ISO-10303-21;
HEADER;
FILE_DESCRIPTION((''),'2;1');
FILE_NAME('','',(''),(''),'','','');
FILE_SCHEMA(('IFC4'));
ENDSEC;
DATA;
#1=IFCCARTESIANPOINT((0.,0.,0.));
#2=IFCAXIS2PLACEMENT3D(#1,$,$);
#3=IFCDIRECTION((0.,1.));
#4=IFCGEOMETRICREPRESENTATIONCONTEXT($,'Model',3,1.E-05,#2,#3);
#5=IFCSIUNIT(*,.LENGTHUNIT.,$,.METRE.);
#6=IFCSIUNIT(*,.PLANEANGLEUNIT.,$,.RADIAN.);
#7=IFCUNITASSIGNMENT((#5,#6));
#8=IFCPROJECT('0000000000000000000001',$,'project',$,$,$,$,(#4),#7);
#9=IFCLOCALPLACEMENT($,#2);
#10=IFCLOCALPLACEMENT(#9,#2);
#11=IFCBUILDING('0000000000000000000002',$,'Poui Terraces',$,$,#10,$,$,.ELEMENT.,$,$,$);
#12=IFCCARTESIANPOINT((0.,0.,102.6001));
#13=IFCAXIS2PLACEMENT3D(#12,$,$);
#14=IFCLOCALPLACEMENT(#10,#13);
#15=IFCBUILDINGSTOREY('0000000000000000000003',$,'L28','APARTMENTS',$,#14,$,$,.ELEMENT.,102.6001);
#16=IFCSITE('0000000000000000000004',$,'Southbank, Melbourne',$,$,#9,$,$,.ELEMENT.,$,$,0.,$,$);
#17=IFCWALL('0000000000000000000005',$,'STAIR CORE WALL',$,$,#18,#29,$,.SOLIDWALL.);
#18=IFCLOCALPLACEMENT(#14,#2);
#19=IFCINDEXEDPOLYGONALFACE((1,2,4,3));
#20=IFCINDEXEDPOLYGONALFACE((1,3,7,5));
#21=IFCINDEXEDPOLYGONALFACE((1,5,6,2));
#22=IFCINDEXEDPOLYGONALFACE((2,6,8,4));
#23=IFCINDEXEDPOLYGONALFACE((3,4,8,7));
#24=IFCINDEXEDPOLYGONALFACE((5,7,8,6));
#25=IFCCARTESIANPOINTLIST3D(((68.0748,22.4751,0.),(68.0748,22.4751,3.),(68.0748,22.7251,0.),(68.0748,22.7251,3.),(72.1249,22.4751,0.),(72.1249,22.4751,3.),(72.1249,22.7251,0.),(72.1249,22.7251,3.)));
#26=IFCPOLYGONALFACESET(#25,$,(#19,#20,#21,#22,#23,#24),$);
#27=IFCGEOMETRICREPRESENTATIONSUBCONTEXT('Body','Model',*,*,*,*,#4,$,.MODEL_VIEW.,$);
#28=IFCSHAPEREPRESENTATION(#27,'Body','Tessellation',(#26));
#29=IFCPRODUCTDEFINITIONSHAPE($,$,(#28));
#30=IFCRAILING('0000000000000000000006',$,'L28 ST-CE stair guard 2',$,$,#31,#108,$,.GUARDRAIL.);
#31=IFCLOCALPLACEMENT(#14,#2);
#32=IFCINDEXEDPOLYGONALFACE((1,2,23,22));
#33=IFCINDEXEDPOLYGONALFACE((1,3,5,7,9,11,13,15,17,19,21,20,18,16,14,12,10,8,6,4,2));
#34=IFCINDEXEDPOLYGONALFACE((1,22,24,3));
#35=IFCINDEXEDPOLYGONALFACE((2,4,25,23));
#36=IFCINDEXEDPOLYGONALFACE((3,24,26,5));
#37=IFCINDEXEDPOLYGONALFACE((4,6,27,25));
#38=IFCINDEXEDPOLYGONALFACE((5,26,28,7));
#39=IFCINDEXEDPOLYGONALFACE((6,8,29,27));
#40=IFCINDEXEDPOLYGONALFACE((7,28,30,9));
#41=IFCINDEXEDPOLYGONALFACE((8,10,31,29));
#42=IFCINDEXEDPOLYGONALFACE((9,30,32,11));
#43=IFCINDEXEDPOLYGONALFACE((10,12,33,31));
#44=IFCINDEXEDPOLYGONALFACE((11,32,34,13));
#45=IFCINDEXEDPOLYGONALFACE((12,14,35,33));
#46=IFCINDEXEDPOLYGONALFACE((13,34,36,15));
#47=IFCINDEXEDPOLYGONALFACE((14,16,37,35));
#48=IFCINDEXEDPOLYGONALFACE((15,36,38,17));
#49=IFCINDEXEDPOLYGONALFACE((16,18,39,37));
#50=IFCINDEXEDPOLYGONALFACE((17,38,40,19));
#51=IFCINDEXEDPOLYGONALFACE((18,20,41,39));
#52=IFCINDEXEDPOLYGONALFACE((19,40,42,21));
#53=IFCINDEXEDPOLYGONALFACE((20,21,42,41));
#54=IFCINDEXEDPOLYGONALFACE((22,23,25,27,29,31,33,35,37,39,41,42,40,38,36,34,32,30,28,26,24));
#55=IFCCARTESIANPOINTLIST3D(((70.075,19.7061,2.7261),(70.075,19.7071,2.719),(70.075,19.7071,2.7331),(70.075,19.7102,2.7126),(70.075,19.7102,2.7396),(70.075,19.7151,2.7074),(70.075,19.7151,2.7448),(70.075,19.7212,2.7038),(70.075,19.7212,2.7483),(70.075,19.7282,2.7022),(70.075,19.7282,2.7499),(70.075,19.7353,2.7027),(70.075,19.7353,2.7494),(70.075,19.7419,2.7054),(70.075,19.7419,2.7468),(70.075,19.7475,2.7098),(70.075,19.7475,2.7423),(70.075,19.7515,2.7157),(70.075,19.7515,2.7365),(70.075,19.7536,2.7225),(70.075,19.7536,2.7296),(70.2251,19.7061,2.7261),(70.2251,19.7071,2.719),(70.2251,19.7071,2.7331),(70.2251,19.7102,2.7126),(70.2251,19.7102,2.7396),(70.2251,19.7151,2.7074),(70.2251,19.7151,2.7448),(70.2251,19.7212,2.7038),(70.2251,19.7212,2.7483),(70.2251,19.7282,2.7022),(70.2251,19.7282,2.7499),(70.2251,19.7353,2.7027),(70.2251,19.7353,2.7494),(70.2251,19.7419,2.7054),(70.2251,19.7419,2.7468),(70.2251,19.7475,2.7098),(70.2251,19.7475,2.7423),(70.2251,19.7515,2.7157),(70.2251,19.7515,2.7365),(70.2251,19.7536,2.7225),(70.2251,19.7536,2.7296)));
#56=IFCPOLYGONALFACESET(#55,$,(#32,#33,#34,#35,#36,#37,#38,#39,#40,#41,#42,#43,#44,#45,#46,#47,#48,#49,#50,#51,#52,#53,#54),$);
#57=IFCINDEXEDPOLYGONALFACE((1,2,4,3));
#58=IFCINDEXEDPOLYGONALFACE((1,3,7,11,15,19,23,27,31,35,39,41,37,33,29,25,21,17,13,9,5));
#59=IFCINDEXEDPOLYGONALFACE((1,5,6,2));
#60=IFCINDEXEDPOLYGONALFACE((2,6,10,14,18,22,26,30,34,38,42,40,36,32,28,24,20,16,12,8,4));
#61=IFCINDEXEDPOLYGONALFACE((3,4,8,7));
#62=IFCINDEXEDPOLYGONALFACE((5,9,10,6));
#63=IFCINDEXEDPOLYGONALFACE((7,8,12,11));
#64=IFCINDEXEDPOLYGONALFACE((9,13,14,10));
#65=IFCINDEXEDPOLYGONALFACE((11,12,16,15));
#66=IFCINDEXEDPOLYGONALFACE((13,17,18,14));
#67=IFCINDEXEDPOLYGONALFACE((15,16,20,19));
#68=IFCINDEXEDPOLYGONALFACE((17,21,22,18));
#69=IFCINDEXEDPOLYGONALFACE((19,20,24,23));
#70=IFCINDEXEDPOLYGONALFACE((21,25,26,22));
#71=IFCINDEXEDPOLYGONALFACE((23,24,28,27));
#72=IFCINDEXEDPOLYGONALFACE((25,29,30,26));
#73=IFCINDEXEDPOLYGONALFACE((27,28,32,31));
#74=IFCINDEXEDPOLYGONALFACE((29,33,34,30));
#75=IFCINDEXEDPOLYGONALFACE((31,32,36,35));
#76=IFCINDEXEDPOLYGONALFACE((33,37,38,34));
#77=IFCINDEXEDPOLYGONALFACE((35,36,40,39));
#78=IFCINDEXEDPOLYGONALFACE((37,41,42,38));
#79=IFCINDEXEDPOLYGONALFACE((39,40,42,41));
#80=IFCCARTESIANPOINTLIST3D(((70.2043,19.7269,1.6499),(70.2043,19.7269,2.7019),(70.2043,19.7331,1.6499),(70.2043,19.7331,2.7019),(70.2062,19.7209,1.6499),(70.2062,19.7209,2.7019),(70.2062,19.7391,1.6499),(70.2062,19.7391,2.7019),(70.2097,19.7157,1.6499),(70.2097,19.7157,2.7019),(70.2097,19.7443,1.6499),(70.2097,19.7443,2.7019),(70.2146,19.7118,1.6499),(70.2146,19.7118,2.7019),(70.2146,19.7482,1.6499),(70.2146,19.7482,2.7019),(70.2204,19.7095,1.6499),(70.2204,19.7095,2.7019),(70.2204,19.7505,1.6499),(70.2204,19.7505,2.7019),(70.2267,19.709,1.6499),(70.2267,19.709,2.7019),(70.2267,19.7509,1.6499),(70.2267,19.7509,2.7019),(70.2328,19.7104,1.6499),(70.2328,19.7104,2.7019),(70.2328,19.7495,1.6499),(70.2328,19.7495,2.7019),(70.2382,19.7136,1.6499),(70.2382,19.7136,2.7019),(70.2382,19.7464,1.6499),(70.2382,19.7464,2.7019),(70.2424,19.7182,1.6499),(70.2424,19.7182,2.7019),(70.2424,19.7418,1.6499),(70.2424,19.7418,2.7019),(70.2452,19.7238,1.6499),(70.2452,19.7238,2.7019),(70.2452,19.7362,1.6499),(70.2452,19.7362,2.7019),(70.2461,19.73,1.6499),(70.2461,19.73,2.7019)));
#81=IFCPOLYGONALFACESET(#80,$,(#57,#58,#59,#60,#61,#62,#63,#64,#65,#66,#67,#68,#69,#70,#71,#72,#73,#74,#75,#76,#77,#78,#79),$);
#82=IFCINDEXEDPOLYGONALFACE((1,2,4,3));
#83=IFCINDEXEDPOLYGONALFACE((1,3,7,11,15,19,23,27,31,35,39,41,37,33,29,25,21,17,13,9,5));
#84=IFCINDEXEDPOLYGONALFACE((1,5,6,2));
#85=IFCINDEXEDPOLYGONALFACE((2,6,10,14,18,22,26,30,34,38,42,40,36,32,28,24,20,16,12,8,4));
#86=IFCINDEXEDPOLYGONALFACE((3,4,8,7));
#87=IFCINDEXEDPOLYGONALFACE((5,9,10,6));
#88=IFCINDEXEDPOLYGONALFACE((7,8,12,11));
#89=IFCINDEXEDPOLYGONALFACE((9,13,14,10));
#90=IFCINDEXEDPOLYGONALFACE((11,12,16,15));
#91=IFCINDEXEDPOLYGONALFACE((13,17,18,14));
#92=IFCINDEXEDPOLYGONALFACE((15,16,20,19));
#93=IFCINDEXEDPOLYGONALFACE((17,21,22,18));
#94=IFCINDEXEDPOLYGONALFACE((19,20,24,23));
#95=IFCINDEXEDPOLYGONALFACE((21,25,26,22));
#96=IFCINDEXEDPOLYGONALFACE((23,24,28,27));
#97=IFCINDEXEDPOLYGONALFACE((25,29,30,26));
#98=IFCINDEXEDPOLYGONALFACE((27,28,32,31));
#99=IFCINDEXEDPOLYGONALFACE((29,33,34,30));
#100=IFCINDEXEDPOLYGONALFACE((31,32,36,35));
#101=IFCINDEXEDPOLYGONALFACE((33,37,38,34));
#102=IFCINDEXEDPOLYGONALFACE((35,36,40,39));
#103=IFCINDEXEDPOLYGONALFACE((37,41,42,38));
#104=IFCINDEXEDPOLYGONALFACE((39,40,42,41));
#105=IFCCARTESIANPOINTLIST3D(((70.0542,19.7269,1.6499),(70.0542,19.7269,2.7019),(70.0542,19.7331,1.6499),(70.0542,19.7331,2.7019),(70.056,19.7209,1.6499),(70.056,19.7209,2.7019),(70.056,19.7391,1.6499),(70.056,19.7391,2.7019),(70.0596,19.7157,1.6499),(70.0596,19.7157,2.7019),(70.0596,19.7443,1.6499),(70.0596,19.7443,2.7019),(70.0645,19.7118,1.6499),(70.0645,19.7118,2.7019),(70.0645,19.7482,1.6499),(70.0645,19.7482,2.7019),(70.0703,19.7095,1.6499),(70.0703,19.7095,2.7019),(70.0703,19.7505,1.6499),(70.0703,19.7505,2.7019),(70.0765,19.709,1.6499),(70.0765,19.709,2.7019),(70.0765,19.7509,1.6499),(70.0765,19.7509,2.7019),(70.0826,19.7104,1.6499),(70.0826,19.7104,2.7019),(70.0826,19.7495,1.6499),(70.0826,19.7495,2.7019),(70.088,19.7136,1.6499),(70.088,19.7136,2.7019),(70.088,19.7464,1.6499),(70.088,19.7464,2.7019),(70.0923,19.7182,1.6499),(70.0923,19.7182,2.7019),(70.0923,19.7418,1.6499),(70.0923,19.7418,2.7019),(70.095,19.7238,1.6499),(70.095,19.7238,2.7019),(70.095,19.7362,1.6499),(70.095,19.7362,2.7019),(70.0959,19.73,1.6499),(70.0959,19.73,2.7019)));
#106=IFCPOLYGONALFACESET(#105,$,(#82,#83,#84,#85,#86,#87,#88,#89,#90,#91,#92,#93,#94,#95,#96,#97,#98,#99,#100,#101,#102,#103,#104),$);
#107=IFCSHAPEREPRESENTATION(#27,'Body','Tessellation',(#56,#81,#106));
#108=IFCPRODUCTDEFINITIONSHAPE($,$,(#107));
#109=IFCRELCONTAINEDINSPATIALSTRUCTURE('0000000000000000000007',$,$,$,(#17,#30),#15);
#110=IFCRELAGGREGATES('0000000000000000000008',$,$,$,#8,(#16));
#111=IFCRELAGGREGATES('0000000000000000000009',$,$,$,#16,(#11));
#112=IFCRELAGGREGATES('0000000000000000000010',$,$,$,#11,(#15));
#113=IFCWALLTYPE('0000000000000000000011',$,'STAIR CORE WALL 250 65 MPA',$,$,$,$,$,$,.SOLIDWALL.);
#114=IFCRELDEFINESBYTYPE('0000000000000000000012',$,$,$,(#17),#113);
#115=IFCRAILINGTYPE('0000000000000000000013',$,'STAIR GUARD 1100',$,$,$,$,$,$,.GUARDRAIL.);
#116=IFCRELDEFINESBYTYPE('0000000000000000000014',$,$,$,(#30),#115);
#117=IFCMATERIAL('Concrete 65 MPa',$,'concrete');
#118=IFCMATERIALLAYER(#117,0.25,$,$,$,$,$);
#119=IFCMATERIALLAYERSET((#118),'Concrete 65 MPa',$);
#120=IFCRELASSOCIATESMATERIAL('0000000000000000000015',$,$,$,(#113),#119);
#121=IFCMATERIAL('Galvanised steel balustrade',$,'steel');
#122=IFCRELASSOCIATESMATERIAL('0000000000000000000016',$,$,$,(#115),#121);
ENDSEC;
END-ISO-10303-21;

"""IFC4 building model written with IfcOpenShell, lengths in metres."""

from ifc_helpers import new_model, si_unit, direction, frame, frame_2d, origin, origin_2d, place, context, subcontext, project, spatial, rectangle, circle, extrude, material, layer, layer_set, type_object, element, save


model = new_model("IFC4")

# Units and contexts
model_context = context("Model", 3, precision=1e-05, world=origin(), true_north=direction((0.0, 1.0)))
body_context = subcontext(model_context, "Body", "Model", "MODEL_VIEW")
ifc_project = project(units=[si_unit("LENGTHUNIT", "METRE"), si_unit("PLANEANGLEUNIT", "RADIAN")], contexts=[model_context])

# Site, building, storey
site_placement = place(None, origin())
site = spatial("IfcSite", under=ifc_project, at=site_placement, Name="Southbank, Melbourne", CompositionType="ELEMENT", RefElevation=0.0)
building_placement = place(site_placement, origin())
building = spatial("IfcBuilding", under=site, at=building_placement, Name="Poui Terraces", CompositionType="ELEMENT")
storey_placement = place(building_placement, frame((0.0, 0.0, 102.6001)))
storey = spatial("IfcBuildingStorey", under=building, at=storey_placement, Name="L28", Description="APARTMENTS", CompositionType="ELEMENT", Elevation=102.6001)

# Shared definitions
ifc_material_1 = material(Name="Concrete 65 MPa", Category="concrete")

# Wall
ifc_layer_1 = layer(ifc_material_1, 0.25)
ifc_layer_set_1 = layer_set([ifc_layer_1], Name="Concrete 65 MPa")
wall_type_1 = type_object("IfcWallType", Name="STAIR CORE WALL 250 65 MPA", PredefinedType="SOLIDWALL", material=ifc_layer_set_1)
wall_1_placement = place(storey_placement, frame((68.075, 22.6001, 0.0), z_axis=(0.0, 0.0, 1.0), x_axis=(1.0, 0.0, 0.0)))
element("IfcWall", 1, at=wall_1_placement, inside=storey, type_object=wall_type_1, Name="STAIR CORE WALL", PredefinedType="SOLIDWALL", context=body_context, shape_type="SweptSolid", body=[
    extrude(rectangle(XDim=4.05, YDim=0.25, at=frame_2d((2.0249, 0.0))), origin(), (0.0, 0.0, 1.0), 3.0),
])

# Railing
ifc_material_2 = material(Name="Galvanised steel balustrade", Category="steel")
railing_type = type_object("IfcRailingType", Name="STAIR GUARD 1100", PredefinedType="GUARDRAIL", material=ifc_material_2)
railing_placement = place(storey_placement, frame((70.2251, 19.73, 1.6499)))
element("IfcRailing", 2, at=railing_placement, inside=storey, type_object=railing_type, Name="L28 ST-CE stair guard 2", PredefinedType="GUARDRAIL", context=body_context, shape_type="SweptSolid", body=[
    extrude(circle(Radius=0.0239, at=origin_2d()), frame((0.0, 0.0, 1.0762), z_axis=(-1.0, 0.0, 0.0), x_axis=(0.0, -1.0, 0.0)), (0.0, 0.0, 1.0), 0.1501),
    extrude(circle(Radius=0.021, at=origin_2d()), origin(), (0.0, 0.0, 1.0), 1.052),
    extrude(circle(Radius=0.021, at=origin_2d()), frame((-0.1501, 0.0, 0.0)), (0.0, 0.0, 1.0), 1.052),
])

save(model, "model.ifc")
